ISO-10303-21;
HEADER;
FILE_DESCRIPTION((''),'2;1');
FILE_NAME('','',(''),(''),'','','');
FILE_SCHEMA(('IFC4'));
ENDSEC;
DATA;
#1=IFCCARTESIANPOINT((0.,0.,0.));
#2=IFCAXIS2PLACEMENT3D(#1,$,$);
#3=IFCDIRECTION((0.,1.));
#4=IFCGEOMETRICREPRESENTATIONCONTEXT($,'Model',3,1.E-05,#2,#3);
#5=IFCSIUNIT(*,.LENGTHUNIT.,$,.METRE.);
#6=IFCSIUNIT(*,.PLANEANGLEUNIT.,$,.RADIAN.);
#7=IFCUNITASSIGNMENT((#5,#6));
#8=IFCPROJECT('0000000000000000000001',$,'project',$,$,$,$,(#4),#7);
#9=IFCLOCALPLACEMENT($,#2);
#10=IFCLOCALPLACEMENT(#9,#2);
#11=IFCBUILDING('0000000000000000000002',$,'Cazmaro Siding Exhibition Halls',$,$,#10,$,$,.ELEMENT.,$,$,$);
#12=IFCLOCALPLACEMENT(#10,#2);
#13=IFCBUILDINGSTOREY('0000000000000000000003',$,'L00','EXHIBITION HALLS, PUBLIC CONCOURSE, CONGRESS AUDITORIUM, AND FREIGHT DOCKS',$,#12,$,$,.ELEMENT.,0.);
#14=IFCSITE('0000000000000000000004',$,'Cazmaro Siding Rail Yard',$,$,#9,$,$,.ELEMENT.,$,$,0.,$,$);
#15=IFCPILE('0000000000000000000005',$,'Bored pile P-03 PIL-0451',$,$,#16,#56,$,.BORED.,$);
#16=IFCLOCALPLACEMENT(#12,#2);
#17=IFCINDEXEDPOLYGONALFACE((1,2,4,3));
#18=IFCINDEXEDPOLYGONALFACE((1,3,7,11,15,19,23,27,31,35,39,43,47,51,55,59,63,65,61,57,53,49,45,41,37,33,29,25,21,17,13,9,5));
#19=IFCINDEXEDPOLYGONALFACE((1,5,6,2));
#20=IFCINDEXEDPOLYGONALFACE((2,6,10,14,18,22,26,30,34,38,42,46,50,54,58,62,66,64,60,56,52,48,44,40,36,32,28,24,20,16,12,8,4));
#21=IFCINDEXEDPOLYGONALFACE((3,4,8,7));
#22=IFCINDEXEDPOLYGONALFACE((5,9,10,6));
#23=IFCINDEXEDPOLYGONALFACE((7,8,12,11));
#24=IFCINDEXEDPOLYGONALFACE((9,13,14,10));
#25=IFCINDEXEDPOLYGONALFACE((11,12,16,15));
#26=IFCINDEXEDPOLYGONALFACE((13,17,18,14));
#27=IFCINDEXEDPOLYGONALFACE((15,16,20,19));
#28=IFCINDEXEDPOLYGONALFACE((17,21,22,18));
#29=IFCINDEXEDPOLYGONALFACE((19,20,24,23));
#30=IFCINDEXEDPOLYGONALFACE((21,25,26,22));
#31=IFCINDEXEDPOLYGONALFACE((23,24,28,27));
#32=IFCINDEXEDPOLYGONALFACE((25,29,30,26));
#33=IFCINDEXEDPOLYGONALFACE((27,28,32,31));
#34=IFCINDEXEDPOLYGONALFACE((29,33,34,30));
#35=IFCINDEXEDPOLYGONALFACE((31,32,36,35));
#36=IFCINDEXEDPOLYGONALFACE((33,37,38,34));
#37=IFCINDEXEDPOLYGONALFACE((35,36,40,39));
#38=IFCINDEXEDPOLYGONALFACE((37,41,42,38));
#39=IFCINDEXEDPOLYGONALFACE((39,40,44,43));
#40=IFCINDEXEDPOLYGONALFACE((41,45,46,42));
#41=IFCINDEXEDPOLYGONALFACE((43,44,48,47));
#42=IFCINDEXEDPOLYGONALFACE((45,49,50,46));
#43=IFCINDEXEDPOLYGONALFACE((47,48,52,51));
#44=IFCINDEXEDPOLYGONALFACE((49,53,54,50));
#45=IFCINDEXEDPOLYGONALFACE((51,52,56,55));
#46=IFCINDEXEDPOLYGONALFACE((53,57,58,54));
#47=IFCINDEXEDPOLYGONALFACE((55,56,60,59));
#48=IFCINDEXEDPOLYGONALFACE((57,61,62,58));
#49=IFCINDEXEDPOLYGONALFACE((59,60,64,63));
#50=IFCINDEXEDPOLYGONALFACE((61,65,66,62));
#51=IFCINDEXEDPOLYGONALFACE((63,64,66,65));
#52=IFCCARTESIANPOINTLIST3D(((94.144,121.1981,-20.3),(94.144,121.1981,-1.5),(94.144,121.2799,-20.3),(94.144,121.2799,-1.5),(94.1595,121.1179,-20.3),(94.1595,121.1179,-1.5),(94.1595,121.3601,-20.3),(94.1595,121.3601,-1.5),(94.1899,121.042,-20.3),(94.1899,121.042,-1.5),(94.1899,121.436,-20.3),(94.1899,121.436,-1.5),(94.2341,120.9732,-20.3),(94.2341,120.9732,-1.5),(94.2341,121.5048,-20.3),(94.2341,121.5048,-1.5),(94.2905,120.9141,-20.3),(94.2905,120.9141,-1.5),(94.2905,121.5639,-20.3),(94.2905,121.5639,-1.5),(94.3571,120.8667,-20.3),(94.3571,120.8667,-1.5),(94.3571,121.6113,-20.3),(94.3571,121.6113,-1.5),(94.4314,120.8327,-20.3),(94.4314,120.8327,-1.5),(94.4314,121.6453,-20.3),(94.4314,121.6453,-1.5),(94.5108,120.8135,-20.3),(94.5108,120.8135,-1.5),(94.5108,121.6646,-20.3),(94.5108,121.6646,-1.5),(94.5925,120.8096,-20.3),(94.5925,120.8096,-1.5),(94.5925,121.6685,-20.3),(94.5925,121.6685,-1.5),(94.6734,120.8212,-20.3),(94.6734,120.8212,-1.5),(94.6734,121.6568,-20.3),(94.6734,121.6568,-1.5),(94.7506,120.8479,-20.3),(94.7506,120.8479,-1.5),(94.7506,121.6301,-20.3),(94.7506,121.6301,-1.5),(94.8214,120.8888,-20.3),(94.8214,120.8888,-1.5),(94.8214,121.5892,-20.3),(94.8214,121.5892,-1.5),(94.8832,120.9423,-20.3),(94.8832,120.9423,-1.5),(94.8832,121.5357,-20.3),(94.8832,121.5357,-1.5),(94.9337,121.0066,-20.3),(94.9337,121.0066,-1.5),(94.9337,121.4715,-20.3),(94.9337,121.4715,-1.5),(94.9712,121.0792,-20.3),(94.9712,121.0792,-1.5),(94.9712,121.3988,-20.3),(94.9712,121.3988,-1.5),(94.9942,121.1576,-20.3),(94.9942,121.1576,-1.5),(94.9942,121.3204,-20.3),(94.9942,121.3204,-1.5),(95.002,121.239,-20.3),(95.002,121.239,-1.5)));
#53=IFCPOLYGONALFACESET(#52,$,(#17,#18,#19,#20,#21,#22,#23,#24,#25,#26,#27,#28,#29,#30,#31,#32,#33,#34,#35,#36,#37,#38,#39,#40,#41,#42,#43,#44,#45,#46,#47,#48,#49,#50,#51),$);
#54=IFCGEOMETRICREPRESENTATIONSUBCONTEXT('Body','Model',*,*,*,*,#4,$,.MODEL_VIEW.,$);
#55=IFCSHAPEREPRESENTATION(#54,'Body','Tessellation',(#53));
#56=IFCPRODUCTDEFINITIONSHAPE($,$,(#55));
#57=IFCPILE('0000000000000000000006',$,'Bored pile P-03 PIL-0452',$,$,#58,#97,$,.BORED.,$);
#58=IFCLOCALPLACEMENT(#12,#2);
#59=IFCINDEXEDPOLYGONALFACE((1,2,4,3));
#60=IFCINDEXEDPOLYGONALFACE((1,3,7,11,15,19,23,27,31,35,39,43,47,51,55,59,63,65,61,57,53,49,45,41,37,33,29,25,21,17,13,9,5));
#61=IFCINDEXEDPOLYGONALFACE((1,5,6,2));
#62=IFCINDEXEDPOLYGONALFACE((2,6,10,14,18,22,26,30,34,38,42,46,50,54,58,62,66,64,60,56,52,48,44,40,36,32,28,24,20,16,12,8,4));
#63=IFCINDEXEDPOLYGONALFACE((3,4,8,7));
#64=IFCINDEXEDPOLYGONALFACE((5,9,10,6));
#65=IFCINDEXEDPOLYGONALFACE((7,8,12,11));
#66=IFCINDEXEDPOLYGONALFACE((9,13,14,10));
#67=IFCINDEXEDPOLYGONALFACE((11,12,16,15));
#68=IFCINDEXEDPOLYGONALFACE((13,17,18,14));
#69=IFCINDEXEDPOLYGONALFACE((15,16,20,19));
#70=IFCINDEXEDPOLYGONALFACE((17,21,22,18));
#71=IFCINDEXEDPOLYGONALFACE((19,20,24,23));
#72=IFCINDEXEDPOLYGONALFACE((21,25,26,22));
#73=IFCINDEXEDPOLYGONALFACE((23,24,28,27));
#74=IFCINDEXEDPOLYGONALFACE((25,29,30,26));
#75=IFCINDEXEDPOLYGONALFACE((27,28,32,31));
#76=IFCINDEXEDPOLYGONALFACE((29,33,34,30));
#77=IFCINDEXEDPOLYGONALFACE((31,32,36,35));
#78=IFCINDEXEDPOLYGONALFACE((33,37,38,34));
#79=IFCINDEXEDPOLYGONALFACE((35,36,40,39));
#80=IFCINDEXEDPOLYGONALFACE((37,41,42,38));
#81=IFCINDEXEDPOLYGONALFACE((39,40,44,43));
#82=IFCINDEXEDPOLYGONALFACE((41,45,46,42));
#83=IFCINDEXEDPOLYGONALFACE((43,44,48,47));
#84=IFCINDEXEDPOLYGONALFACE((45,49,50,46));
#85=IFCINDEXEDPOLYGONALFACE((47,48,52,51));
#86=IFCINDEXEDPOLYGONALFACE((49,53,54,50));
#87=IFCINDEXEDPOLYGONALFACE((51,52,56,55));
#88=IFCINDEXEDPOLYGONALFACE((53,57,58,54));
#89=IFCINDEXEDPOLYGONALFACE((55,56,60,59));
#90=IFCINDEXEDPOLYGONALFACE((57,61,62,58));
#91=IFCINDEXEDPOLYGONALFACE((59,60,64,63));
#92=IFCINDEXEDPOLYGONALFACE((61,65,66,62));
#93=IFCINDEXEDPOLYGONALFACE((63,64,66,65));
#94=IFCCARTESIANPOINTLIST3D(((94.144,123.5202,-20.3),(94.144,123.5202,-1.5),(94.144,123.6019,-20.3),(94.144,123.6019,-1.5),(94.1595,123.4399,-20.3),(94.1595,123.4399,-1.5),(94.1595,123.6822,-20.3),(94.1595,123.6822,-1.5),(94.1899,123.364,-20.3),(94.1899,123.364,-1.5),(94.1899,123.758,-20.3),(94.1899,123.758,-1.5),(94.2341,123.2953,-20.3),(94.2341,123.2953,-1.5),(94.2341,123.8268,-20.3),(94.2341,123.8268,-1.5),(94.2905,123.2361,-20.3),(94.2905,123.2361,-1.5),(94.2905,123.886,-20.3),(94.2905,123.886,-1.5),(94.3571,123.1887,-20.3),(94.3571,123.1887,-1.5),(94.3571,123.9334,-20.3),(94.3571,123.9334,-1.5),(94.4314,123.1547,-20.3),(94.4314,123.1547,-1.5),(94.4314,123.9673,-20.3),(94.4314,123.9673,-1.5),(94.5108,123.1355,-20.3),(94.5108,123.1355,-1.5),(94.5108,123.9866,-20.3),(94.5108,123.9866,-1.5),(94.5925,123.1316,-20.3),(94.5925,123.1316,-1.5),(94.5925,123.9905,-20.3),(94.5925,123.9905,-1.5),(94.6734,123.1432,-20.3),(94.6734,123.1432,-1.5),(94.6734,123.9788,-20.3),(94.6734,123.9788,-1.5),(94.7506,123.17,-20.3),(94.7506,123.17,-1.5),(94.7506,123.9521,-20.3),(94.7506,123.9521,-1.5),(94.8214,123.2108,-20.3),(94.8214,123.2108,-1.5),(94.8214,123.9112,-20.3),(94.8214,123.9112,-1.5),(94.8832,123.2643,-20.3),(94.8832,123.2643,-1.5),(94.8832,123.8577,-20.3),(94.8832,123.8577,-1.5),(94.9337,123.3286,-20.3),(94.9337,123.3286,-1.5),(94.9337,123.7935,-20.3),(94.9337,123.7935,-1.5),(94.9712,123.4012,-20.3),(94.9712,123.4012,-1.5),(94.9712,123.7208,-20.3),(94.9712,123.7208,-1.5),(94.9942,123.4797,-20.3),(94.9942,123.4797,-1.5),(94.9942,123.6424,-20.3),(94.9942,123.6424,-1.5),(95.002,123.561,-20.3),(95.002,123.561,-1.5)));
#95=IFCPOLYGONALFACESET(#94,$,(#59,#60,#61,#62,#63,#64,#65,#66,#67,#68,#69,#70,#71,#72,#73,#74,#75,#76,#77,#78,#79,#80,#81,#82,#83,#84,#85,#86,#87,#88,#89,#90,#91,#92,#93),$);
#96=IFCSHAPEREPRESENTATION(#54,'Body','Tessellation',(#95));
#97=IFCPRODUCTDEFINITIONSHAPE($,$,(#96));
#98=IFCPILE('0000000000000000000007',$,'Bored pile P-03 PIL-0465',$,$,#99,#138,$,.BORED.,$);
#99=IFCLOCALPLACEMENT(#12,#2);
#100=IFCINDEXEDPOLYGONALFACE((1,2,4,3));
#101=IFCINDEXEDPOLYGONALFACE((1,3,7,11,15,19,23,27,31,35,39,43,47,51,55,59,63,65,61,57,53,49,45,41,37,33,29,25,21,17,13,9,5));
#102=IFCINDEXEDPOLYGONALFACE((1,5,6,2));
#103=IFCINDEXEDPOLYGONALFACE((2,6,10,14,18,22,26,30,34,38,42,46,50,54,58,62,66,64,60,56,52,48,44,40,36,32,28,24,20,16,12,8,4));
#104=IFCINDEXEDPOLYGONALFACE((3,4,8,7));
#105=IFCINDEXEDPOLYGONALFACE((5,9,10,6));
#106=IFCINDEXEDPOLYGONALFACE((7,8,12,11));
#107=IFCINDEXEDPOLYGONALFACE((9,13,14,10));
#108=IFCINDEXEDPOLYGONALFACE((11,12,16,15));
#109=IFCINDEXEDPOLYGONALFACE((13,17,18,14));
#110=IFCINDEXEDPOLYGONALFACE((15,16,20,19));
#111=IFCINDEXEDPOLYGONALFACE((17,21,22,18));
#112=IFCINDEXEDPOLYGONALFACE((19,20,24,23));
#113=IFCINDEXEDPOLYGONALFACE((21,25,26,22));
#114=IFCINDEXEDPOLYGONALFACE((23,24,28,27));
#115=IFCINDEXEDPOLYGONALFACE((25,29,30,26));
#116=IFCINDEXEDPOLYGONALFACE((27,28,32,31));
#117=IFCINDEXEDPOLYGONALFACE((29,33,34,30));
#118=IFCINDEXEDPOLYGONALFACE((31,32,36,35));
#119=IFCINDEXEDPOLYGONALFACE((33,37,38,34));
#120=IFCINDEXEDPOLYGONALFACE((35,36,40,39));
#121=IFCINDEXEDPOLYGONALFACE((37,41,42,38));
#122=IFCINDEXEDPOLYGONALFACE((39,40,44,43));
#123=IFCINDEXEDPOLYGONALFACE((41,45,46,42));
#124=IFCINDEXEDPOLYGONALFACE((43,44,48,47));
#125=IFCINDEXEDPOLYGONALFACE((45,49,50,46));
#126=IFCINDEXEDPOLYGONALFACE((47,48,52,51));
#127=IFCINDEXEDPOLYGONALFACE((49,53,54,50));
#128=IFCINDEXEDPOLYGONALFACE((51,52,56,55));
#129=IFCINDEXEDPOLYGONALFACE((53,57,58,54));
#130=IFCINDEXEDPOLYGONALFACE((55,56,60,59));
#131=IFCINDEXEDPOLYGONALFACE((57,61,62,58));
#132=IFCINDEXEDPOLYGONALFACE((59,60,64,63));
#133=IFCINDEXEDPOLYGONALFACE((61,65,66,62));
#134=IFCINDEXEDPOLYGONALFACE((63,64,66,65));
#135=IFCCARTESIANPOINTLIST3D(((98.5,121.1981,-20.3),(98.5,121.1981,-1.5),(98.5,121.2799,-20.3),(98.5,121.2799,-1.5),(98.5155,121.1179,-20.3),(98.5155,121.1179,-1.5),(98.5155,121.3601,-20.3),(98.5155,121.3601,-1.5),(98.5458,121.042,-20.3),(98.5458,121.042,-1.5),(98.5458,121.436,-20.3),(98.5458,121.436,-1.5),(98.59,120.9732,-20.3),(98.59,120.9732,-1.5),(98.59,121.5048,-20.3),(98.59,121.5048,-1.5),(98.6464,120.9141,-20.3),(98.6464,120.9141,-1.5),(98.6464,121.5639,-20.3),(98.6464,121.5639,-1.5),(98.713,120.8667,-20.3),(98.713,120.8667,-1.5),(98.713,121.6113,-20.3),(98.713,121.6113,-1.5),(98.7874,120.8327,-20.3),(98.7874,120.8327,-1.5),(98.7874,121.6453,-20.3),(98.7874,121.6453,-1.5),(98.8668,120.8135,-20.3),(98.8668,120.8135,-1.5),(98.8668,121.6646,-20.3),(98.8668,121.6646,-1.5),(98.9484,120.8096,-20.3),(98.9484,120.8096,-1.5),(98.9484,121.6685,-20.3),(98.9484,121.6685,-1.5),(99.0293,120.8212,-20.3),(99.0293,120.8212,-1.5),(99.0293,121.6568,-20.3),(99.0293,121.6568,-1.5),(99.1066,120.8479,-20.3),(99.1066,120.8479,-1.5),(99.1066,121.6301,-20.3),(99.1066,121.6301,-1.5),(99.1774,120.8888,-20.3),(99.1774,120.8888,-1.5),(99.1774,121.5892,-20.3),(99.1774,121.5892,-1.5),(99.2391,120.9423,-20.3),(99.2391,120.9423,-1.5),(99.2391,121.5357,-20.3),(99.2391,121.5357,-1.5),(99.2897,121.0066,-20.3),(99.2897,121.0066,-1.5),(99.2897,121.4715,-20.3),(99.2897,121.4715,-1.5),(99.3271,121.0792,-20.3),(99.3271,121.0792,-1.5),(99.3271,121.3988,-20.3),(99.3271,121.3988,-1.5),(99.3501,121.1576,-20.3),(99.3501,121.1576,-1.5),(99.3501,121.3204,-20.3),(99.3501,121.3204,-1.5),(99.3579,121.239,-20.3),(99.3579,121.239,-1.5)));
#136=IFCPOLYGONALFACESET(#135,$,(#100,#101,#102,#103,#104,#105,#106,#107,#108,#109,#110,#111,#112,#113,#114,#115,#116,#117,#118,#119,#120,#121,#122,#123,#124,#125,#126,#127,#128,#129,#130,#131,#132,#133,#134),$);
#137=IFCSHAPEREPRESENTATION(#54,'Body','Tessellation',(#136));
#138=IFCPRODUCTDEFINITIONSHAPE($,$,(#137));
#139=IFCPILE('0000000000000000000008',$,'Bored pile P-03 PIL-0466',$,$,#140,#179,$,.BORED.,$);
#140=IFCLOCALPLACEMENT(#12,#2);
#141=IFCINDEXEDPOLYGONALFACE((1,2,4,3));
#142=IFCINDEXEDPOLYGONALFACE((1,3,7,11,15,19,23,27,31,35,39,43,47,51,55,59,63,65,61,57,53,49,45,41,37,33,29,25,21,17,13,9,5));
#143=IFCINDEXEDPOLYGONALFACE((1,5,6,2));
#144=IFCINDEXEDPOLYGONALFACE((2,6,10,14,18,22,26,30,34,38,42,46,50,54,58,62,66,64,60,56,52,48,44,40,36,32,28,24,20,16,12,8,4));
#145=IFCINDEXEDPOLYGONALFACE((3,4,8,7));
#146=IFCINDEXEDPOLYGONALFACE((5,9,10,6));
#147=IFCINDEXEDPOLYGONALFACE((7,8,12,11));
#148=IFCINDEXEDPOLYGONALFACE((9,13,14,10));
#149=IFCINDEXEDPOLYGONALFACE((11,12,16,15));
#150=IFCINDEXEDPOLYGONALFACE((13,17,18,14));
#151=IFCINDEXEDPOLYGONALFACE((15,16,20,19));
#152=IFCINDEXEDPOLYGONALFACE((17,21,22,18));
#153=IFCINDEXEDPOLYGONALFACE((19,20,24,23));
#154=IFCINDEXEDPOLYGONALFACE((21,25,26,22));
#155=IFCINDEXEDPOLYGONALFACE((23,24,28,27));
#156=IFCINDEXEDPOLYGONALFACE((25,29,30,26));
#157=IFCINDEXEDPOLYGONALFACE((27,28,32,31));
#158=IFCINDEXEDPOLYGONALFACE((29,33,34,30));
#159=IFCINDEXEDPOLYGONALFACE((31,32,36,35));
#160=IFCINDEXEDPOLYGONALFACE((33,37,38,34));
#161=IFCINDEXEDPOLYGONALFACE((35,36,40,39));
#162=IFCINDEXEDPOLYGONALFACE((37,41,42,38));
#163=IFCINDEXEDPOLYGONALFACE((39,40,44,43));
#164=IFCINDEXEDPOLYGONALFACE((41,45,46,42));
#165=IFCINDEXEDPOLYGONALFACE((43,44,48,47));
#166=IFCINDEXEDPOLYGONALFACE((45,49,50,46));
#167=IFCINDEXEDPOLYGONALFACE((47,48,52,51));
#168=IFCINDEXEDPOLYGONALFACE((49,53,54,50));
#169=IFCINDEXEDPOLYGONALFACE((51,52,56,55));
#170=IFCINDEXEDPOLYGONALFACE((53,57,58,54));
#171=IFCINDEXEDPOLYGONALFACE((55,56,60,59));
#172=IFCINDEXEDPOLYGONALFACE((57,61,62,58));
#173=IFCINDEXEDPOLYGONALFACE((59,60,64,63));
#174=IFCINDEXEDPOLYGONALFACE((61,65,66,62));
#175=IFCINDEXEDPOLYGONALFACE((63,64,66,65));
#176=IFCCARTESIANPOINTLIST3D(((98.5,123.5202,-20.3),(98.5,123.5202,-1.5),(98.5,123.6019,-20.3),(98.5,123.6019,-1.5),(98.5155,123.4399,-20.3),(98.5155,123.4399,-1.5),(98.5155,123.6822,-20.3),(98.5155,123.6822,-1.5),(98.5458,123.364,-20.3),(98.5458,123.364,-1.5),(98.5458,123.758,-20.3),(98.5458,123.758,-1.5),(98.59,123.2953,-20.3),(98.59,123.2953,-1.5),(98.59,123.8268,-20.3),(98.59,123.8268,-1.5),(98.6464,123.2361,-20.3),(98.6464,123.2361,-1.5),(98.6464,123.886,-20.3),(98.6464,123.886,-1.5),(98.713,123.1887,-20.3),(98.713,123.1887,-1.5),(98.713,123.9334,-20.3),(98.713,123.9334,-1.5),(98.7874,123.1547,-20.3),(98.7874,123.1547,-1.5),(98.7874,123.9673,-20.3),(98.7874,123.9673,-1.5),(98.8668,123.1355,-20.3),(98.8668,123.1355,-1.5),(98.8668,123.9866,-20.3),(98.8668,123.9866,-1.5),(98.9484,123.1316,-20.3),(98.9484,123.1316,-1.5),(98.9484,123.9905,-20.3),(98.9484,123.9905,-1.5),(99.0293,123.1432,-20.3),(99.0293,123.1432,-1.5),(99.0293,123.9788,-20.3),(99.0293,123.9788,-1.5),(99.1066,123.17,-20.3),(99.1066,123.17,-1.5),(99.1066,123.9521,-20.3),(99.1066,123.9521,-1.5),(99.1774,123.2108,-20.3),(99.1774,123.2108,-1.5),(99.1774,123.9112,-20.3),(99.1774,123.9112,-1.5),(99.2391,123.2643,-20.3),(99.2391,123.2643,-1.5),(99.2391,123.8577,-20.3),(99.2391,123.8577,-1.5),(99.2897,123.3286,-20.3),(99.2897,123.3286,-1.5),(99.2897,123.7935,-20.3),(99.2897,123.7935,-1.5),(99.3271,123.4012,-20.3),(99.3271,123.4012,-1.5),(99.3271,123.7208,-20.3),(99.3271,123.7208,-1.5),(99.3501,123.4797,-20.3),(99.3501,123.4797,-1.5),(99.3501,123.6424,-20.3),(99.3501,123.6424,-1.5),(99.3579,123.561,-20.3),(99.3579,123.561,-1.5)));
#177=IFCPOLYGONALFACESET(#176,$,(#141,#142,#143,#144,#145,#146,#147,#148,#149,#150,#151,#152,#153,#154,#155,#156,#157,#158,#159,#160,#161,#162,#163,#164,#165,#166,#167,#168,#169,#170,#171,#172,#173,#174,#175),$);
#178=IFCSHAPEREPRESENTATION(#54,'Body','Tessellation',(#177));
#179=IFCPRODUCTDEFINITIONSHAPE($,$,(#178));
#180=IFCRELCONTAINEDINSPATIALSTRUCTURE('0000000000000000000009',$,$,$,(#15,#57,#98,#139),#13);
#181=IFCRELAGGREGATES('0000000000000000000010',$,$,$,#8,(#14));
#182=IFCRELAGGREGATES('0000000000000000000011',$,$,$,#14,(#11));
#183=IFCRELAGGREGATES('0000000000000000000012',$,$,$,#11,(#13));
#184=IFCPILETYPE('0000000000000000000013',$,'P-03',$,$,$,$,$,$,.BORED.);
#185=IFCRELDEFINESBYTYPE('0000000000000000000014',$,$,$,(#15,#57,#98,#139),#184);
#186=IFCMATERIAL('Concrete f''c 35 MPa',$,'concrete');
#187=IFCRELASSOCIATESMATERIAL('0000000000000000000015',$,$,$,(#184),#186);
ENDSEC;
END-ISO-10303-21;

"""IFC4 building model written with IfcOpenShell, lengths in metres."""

from ifc_helpers import new_model, si_unit, direction, frame, origin, origin_2d, place, context, subcontext, project, spatial, circle, extrude, material, material_profile, profile_set, type_object, element, save


model = new_model("IFC4")

# Units and contexts
model_context = context("Model", 3, precision=1e-05, world=origin(), true_north=direction((0.0, 1.0)))
body_context = subcontext(model_context, "Body", "Model", "MODEL_VIEW")
ifc_project = project(units=[si_unit("LENGTHUNIT", "METRE"), si_unit("PLANEANGLEUNIT", "RADIAN")], contexts=[model_context])

# Site, building, storey
site_placement = place(None, origin())
site = spatial("IfcSite", under=ifc_project, at=site_placement, Name="Cazmaro Siding Rail Yard", CompositionType="ELEMENT", RefElevation=0.0)
building_placement = place(site_placement, origin())
building = spatial("IfcBuilding", under=site, at=building_placement, Name="Cazmaro Siding Exhibition Halls", CompositionType="ELEMENT")
storey_placement = place(building_placement, origin())
storey = spatial("IfcBuildingStorey", under=building, at=storey_placement, Name="L00", Description="EXHIBITION HALLS, PUBLIC CONCOURSE, CONGRESS AUDITORIUM, AND FREIGHT DOCKS", CompositionType="ELEMENT", Elevation=0.0)

# Piles
ifc_material_1 = material(Name="Concrete f'c 35 MPa", Category="concrete")
ifc_material_profile_1 = material_profile(ifc_material_1, circle(Radius=0.4299, at=origin_2d()), Name="CIDH-860")
ifc_profile_set_1 = profile_set([ifc_material_profile_1], Name="Concrete f'c 35 MPa")
pile_type = type_object("IfcPileType", Name="P-03", PredefinedType="BORED", material=ifc_profile_set_1)
for number, where, z_axis, x_axis, name in (
    (1, (94.572, 121.239, -1.5), (0.0, 0.0, -1.0), (1.0, 0.0, 0.0), "Bored pile P-03 PIL-0451"),
    (2, (94.572, 123.561, -1.5), (0.0, 0.0, -1.0), (1.0, 0.0, 0.0), "Bored pile P-03 PIL-0452"),
    (3, (98.928, 121.239, -1.5), (0.0, 0.0, -1.0), (1.0, 0.0, 0.0), "Bored pile P-03 PIL-0465"),
    (4, (98.928, 123.561, -1.5), (0.0, 0.0, -1.0), (1.0, 0.0, 0.0), "Bored pile P-03 PIL-0466"),
):
    element("IfcPile", number, at=place(storey_placement, frame(where, z_axis=z_axis, x_axis=x_axis)), inside=storey, type_object=pile_type, Name=name, PredefinedType="BORED", context=body_context, shape_type="SweptSolid", body=[
        extrude(circle(Radius=0.4299, at=origin_2d()), origin(), (0.0, 0.0, 1.0), 18.8),
    ])

save(model, "model.ifc")
